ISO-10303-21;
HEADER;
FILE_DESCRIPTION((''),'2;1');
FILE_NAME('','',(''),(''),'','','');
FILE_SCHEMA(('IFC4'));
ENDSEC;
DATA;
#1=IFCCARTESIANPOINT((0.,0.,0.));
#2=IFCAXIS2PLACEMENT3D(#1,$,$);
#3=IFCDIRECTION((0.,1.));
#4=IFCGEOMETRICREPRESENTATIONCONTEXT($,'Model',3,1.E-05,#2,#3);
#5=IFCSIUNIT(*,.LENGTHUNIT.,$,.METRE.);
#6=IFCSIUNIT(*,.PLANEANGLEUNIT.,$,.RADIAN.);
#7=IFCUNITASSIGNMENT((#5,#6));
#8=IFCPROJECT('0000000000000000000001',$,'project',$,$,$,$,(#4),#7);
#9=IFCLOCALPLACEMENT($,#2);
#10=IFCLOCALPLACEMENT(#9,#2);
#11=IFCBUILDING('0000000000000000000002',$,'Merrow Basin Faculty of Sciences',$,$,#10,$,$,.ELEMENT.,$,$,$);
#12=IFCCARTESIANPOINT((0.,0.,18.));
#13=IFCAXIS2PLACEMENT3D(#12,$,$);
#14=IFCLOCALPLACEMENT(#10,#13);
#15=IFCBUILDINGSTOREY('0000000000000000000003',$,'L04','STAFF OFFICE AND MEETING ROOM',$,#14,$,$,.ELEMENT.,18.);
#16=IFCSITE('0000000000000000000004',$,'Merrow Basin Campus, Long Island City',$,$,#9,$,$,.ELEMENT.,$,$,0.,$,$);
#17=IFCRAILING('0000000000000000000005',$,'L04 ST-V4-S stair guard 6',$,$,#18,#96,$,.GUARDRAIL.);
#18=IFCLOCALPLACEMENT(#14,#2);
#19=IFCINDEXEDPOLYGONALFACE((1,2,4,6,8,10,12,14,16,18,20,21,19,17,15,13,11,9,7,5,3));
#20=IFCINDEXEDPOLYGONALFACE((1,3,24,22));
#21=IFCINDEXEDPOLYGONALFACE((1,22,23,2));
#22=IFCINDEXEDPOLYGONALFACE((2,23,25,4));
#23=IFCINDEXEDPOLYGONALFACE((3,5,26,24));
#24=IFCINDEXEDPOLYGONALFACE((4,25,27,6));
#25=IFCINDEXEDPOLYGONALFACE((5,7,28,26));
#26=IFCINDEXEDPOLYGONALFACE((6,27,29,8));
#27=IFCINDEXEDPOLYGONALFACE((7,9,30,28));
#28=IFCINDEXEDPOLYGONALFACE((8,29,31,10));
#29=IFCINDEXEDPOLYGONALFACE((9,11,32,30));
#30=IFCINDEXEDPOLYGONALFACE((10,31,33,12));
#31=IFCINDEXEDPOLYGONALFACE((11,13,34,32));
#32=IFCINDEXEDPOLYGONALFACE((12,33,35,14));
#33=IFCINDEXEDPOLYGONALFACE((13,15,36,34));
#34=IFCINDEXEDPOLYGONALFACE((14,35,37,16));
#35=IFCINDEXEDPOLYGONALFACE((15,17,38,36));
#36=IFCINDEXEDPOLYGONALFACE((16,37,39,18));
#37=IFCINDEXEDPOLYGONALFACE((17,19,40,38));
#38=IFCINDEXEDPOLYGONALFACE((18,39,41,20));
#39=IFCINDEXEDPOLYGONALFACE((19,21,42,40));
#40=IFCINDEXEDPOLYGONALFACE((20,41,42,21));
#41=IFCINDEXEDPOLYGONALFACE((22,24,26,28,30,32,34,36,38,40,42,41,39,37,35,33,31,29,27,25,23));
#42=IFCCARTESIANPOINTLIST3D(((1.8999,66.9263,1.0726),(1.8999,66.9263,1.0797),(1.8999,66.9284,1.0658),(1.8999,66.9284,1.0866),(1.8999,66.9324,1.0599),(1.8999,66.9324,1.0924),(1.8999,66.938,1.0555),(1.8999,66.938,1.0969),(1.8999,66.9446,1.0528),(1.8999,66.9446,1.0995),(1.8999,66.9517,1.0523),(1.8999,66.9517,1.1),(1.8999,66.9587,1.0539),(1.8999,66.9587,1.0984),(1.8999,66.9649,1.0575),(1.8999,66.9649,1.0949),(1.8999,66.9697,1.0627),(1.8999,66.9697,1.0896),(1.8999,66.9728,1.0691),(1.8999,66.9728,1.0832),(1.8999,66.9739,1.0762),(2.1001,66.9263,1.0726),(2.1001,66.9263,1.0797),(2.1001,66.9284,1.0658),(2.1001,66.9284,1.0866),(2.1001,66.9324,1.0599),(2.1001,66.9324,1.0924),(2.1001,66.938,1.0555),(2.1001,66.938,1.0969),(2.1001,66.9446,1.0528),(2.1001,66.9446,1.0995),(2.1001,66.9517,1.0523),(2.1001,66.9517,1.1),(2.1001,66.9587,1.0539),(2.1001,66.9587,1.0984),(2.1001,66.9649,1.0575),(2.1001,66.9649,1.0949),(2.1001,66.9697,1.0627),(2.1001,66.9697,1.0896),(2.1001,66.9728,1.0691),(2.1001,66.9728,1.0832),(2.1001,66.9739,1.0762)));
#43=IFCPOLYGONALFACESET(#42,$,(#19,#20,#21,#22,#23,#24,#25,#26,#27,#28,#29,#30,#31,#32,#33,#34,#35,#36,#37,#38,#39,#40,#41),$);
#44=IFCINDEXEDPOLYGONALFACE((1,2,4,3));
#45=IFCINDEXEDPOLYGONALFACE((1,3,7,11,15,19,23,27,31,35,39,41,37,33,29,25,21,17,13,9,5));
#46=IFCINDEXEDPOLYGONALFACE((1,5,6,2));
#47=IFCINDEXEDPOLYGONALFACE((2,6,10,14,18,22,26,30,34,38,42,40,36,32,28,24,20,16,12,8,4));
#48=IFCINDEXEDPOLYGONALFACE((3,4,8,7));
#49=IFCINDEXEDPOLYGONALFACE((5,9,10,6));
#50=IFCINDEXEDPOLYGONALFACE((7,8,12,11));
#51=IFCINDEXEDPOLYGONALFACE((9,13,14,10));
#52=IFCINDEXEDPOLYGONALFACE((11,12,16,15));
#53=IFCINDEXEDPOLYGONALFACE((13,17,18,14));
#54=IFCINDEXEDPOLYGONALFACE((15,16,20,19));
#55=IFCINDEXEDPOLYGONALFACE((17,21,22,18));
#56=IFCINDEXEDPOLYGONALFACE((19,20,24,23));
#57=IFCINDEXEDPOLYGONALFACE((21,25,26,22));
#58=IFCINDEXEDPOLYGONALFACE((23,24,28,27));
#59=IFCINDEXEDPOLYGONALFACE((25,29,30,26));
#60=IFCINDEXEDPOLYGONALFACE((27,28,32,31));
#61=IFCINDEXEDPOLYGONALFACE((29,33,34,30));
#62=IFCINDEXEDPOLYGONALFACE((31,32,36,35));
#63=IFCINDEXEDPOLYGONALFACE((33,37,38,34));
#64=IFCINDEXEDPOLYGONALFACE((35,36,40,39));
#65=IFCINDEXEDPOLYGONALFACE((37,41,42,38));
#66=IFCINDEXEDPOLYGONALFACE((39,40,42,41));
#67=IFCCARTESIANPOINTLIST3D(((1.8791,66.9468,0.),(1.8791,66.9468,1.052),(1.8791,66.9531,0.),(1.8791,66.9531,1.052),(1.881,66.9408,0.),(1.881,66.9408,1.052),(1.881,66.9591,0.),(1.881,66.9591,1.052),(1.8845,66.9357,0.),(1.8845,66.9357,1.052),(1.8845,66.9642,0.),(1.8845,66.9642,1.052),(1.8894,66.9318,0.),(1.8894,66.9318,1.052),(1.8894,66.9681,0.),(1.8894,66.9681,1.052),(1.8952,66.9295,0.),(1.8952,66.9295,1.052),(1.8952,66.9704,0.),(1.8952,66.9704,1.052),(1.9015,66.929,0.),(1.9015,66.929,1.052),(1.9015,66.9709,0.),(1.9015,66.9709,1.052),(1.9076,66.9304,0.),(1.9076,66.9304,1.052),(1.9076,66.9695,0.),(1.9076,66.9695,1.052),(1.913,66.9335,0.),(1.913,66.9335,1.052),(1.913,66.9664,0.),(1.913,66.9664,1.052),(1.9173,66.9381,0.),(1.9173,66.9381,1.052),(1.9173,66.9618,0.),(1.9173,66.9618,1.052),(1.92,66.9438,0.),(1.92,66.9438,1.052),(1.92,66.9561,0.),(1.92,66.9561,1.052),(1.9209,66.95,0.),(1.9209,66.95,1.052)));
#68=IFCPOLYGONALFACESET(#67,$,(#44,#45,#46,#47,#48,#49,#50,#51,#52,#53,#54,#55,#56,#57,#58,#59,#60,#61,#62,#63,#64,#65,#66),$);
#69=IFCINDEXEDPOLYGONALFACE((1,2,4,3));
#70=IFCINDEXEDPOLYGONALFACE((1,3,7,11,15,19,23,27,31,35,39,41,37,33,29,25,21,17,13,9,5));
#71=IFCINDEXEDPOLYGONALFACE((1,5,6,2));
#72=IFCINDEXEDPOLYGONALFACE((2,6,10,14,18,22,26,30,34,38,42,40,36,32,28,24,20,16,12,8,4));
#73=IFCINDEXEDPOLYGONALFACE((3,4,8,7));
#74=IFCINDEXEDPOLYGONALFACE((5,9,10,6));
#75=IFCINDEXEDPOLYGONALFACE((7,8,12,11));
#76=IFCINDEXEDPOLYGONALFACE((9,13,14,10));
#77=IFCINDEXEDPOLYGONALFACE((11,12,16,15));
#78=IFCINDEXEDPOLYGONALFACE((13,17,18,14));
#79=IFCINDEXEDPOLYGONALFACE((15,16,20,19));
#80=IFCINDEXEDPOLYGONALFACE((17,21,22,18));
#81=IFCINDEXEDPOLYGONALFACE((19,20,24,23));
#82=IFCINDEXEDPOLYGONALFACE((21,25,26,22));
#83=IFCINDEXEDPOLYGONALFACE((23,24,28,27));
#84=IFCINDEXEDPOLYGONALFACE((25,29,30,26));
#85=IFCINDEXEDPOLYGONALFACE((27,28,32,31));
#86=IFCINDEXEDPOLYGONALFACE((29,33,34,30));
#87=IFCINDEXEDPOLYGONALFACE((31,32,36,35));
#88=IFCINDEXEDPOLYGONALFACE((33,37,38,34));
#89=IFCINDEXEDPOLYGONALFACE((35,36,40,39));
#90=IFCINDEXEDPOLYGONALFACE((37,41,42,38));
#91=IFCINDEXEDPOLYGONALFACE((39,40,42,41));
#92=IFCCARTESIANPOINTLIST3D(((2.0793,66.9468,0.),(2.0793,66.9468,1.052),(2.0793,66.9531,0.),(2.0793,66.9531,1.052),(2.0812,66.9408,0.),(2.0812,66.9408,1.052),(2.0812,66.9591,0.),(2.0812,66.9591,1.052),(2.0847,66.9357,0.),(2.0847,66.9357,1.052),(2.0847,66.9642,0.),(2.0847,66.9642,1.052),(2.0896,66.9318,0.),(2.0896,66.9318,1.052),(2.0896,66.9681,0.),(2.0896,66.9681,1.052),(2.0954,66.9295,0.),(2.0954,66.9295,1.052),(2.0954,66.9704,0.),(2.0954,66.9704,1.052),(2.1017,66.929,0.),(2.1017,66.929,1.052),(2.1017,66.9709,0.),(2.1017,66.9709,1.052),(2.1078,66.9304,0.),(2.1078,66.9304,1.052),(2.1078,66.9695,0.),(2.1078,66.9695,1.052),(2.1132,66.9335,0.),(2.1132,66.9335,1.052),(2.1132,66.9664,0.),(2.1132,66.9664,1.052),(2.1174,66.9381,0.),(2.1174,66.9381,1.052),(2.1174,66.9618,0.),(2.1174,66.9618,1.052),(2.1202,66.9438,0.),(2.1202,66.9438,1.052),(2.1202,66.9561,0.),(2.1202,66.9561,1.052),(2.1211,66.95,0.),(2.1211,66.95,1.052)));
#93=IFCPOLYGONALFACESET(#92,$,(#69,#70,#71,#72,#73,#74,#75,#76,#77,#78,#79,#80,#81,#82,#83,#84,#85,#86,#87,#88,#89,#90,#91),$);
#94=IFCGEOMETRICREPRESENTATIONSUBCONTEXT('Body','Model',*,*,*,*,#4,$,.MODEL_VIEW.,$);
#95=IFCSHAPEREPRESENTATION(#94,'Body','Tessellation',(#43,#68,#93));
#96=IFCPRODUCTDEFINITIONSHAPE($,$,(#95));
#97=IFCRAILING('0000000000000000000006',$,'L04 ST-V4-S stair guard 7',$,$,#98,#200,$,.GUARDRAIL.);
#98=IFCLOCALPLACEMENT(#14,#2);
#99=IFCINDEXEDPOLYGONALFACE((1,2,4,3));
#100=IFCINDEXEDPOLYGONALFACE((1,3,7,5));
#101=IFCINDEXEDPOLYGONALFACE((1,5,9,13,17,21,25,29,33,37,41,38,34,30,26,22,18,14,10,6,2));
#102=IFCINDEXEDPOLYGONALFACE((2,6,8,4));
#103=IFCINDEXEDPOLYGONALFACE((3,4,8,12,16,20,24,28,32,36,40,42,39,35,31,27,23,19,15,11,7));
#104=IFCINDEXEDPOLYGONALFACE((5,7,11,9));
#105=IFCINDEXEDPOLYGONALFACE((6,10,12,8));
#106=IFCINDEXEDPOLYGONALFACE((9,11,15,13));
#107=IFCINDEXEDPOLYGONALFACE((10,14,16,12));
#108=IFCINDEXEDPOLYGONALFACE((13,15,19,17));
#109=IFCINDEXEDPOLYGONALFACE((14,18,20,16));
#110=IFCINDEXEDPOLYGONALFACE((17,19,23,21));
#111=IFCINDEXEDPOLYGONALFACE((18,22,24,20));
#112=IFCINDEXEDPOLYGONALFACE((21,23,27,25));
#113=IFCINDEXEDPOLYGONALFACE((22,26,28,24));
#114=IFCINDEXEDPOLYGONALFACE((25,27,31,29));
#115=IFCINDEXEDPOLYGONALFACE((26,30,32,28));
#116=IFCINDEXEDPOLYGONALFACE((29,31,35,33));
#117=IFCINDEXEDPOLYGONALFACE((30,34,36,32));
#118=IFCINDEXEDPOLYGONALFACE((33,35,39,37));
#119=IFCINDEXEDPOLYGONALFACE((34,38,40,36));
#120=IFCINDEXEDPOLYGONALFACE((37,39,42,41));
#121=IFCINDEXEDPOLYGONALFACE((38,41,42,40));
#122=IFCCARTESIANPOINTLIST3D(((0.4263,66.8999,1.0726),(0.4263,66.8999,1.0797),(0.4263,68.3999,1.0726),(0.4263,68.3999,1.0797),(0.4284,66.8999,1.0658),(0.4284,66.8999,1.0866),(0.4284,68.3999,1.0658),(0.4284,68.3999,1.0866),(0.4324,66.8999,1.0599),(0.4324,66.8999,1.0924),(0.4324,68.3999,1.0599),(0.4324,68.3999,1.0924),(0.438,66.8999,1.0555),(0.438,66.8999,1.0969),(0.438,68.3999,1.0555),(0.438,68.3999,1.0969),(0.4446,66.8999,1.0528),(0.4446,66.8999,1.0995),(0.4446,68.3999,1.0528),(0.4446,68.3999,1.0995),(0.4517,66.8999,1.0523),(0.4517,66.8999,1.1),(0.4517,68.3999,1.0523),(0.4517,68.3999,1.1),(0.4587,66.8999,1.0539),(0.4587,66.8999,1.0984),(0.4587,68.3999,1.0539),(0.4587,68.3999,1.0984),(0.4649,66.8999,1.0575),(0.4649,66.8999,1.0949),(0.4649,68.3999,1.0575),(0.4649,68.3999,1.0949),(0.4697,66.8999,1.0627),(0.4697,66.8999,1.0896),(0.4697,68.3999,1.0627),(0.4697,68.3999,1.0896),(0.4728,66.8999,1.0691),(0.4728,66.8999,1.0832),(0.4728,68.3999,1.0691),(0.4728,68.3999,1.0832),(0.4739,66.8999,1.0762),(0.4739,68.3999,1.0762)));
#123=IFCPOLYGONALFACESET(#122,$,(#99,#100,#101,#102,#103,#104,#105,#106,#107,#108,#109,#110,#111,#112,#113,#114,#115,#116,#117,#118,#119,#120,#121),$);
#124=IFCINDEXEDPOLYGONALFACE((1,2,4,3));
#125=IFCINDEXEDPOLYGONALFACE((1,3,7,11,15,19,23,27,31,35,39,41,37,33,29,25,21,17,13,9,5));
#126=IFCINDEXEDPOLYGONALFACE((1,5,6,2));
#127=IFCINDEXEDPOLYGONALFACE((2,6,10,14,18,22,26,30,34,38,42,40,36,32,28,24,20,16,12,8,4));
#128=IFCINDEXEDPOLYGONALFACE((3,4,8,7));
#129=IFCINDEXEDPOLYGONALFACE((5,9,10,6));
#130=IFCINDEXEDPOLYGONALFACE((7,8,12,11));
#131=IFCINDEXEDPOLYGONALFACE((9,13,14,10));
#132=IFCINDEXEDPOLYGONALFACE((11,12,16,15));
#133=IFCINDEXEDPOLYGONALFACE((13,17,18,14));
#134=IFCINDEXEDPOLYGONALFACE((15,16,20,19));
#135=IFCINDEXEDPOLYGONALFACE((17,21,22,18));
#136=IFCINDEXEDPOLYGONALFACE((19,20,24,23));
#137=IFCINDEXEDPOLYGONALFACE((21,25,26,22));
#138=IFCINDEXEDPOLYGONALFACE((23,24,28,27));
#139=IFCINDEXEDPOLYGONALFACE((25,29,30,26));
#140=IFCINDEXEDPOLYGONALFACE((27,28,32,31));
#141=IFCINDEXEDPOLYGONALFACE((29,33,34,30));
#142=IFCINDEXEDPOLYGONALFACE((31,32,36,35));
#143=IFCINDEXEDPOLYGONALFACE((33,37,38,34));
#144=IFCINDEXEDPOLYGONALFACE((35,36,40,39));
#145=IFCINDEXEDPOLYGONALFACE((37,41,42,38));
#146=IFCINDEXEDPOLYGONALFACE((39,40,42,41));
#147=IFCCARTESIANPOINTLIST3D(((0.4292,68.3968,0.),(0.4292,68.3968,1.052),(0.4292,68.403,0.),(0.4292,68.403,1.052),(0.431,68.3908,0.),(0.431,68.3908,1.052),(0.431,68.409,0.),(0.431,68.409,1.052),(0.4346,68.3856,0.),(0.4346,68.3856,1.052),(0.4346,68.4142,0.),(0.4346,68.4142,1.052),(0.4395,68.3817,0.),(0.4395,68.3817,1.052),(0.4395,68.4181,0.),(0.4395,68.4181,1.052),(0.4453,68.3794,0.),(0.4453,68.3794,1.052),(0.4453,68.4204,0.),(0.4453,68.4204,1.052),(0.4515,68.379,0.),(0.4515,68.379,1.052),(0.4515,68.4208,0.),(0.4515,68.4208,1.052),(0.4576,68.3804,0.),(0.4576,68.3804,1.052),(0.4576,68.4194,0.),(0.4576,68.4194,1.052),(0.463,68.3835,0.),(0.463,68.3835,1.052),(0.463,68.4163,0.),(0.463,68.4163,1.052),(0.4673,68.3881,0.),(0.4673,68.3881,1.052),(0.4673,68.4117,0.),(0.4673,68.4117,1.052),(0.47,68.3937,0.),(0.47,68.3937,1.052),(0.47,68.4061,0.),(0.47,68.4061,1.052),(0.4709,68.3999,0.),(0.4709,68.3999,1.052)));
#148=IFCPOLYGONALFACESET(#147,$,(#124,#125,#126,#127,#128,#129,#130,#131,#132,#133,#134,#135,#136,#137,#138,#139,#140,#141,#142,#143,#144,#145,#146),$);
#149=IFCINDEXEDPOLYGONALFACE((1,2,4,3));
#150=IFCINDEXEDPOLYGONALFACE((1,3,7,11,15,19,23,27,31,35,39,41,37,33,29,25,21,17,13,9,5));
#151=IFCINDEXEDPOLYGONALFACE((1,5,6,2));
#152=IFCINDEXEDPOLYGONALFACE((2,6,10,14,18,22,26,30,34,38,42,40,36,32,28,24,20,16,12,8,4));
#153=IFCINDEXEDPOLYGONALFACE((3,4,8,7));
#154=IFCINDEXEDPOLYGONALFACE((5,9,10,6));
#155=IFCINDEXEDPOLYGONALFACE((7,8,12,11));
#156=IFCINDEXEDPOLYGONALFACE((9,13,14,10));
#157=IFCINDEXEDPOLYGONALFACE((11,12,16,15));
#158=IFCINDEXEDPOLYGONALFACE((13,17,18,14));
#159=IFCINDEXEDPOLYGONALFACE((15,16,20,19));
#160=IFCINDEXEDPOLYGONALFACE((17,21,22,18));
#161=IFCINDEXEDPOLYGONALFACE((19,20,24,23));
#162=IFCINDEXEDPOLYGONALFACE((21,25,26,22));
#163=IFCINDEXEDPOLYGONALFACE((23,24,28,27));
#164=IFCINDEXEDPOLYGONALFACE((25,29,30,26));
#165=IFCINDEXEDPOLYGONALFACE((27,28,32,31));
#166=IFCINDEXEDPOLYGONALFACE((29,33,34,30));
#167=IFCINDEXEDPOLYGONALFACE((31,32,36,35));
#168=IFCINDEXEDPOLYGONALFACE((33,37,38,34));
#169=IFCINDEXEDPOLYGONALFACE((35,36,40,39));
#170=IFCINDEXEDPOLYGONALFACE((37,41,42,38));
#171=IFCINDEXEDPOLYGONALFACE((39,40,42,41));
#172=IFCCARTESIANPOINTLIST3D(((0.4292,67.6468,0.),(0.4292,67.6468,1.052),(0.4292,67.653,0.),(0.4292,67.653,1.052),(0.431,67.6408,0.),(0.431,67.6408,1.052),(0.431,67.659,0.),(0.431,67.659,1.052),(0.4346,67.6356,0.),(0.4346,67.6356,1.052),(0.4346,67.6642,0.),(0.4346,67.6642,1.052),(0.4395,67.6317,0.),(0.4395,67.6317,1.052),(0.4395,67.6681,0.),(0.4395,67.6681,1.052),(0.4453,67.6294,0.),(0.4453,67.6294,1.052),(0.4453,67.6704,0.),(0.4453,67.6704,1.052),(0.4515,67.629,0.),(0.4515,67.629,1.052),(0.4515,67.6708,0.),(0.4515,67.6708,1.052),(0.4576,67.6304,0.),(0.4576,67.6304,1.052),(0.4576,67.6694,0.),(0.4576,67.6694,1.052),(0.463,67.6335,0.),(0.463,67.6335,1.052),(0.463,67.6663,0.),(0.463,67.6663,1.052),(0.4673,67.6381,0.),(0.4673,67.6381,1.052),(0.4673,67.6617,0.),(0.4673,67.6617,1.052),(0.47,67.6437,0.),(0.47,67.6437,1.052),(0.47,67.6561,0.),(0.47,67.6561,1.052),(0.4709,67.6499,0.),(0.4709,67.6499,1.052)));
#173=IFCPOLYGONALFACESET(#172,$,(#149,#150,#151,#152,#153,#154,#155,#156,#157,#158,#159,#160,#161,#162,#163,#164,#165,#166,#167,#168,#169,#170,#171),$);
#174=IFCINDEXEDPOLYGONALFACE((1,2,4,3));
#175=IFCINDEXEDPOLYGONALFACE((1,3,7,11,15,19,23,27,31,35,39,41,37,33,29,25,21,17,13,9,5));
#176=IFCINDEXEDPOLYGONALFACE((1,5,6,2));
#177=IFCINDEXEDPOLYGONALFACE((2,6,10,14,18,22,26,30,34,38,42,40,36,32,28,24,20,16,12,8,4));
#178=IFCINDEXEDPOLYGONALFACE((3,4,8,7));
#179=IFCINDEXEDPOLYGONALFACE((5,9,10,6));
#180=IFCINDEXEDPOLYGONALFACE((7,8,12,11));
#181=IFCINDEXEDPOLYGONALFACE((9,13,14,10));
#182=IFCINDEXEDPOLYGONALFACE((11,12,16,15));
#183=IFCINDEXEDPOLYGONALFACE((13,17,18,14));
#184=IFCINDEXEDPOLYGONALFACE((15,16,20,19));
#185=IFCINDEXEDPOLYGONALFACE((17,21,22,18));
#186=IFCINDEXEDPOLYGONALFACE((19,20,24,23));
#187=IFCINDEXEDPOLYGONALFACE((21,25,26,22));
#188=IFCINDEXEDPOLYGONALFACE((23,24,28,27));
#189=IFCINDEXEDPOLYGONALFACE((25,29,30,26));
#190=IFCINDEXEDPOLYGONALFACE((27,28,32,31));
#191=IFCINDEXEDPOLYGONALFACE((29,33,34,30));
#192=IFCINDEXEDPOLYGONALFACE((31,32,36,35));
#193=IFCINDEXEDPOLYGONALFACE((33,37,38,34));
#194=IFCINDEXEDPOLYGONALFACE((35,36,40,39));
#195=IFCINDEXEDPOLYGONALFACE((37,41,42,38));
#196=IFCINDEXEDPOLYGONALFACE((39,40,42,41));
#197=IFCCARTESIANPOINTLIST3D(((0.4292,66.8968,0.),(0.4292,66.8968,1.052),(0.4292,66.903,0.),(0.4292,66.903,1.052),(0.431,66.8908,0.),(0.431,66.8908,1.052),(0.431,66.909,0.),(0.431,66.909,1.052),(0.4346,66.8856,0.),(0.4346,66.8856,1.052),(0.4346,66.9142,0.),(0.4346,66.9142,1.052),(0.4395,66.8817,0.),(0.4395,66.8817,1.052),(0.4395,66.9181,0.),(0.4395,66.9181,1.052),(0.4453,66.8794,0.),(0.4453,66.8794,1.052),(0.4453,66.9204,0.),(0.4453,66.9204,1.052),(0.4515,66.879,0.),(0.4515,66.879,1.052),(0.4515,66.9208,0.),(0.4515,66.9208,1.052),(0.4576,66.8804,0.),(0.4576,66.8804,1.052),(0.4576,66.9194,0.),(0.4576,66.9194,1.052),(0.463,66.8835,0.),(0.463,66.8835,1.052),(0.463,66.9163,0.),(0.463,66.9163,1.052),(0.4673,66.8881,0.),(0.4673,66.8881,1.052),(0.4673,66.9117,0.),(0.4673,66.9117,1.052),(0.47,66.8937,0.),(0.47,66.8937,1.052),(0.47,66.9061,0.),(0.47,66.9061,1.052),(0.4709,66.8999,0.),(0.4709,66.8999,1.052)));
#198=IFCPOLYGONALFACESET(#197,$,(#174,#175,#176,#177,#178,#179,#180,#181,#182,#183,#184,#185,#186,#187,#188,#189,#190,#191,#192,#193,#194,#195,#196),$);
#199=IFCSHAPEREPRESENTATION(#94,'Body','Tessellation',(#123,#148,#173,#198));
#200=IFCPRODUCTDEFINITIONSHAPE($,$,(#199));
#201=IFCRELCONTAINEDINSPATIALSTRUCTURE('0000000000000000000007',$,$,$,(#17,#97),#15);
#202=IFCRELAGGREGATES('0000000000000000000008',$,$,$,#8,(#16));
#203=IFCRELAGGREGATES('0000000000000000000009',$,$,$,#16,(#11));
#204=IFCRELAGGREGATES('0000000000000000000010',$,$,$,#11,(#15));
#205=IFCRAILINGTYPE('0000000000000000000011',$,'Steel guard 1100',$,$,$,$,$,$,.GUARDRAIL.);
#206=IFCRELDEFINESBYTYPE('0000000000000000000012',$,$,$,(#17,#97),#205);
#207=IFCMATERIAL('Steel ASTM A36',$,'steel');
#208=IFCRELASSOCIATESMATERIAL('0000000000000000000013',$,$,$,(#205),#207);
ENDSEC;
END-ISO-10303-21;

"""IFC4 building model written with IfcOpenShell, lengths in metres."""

from ifc_helpers import new_model, si_unit, direction, frame, origin, origin_2d, place, context, subcontext, project, spatial, circle, extrude, material, type_object, element, save


model = new_model("IFC4")

# Units and contexts
model_context = context("Model", 3, precision=1e-05, world=origin(), true_north=direction((0.0, 1.0)))
body_context = subcontext(model_context, "Body", "Model", "MODEL_VIEW")
ifc_project = project(units=[si_unit("LENGTHUNIT", "METRE"), si_unit("PLANEANGLEUNIT", "RADIAN")], contexts=[model_context])

# Site, building, storey
site_placement = place(None, origin())
site = spatial("IfcSite", under=ifc_project, at=site_placement, Name="Merrow Basin Campus, Long Island City", CompositionType="ELEMENT", RefElevation=0.0)
building_placement = place(site_placement, origin())
building = spatial("IfcBuilding", under=site, at=building_placement, Name="Merrow Basin Faculty of Sciences", CompositionType="ELEMENT")
storey_placement = place(building_placement, frame((0.0, 0.0, 18.0)))
storey = spatial("IfcBuildingStorey", under=building, at=storey_placement, Name="L04", Description="STAFF OFFICE AND MEETING ROOM", CompositionType="ELEMENT", Elevation=18.0)

# Railings
ifc_material_1 = material(Name="Steel ASTM A36", Category="steel")
railing_type_1 = type_object("IfcRailingType", Name="Steel guard 1100", PredefinedType="GUARDRAIL", material=ifc_material_1)
railing_1_placement = place(storey_placement, frame((1.8999, 66.95, 0.0)))
element("IfcRailing", 1, at=railing_1_placement, inside=storey, type_object=railing_type_1, Name="L04 ST-V4-S stair guard 6", PredefinedType="GUARDRAIL", context=body_context, shape_type="SweptSolid", body=[
    extrude(circle(Radius=0.0239, at=origin_2d()), frame((0.0, 0.0, 1.0762), z_axis=(1.0, 0.0, 0.0), x_axis=(0.0, 1.0, 0.0)), (0.0, 0.0, 1.0), 0.2002),
    extrude(circle(Radius=0.021, at=origin_2d()), origin(), (0.0, 0.0, 1.0), 1.052),
    extrude(circle(Radius=0.021, at=origin_2d()), frame((0.2002, 0.0, 0.0)), (0.0, 0.0, 1.0), 1.052),
])
railing_2_placement = place(storey_placement, frame((0.45, 68.3999, 0.0)))
element("IfcRailing", 2, at=railing_2_placement, inside=storey, type_object=railing_type_1, Name="L04 ST-V4-S stair guard 7", PredefinedType="GUARDRAIL", context=body_context, shape_type="SweptSolid", body=[
    extrude(circle(Radius=0.0239, at=origin_2d()), frame((0.0, 0.0, 1.0762), z_axis=(0.0, -1.0, 0.0), x_axis=(1.0, 0.0, 0.0)), (0.0, 0.0, 1.0), 1.5),
    extrude(circle(Radius=0.021, at=origin_2d()), origin(), (0.0, 0.0, 1.0), 1.052),
    extrude(circle(Radius=0.021, at=origin_2d()), frame((0.0, -0.75, 0.0)), (0.0, 0.0, 1.0), 1.052),
    extrude(circle(Radius=0.021, at=origin_2d()), frame((0.0, -1.5, 0.0)), (0.0, 0.0, 1.0), 1.052),
])

save(model, "model.ifc")
